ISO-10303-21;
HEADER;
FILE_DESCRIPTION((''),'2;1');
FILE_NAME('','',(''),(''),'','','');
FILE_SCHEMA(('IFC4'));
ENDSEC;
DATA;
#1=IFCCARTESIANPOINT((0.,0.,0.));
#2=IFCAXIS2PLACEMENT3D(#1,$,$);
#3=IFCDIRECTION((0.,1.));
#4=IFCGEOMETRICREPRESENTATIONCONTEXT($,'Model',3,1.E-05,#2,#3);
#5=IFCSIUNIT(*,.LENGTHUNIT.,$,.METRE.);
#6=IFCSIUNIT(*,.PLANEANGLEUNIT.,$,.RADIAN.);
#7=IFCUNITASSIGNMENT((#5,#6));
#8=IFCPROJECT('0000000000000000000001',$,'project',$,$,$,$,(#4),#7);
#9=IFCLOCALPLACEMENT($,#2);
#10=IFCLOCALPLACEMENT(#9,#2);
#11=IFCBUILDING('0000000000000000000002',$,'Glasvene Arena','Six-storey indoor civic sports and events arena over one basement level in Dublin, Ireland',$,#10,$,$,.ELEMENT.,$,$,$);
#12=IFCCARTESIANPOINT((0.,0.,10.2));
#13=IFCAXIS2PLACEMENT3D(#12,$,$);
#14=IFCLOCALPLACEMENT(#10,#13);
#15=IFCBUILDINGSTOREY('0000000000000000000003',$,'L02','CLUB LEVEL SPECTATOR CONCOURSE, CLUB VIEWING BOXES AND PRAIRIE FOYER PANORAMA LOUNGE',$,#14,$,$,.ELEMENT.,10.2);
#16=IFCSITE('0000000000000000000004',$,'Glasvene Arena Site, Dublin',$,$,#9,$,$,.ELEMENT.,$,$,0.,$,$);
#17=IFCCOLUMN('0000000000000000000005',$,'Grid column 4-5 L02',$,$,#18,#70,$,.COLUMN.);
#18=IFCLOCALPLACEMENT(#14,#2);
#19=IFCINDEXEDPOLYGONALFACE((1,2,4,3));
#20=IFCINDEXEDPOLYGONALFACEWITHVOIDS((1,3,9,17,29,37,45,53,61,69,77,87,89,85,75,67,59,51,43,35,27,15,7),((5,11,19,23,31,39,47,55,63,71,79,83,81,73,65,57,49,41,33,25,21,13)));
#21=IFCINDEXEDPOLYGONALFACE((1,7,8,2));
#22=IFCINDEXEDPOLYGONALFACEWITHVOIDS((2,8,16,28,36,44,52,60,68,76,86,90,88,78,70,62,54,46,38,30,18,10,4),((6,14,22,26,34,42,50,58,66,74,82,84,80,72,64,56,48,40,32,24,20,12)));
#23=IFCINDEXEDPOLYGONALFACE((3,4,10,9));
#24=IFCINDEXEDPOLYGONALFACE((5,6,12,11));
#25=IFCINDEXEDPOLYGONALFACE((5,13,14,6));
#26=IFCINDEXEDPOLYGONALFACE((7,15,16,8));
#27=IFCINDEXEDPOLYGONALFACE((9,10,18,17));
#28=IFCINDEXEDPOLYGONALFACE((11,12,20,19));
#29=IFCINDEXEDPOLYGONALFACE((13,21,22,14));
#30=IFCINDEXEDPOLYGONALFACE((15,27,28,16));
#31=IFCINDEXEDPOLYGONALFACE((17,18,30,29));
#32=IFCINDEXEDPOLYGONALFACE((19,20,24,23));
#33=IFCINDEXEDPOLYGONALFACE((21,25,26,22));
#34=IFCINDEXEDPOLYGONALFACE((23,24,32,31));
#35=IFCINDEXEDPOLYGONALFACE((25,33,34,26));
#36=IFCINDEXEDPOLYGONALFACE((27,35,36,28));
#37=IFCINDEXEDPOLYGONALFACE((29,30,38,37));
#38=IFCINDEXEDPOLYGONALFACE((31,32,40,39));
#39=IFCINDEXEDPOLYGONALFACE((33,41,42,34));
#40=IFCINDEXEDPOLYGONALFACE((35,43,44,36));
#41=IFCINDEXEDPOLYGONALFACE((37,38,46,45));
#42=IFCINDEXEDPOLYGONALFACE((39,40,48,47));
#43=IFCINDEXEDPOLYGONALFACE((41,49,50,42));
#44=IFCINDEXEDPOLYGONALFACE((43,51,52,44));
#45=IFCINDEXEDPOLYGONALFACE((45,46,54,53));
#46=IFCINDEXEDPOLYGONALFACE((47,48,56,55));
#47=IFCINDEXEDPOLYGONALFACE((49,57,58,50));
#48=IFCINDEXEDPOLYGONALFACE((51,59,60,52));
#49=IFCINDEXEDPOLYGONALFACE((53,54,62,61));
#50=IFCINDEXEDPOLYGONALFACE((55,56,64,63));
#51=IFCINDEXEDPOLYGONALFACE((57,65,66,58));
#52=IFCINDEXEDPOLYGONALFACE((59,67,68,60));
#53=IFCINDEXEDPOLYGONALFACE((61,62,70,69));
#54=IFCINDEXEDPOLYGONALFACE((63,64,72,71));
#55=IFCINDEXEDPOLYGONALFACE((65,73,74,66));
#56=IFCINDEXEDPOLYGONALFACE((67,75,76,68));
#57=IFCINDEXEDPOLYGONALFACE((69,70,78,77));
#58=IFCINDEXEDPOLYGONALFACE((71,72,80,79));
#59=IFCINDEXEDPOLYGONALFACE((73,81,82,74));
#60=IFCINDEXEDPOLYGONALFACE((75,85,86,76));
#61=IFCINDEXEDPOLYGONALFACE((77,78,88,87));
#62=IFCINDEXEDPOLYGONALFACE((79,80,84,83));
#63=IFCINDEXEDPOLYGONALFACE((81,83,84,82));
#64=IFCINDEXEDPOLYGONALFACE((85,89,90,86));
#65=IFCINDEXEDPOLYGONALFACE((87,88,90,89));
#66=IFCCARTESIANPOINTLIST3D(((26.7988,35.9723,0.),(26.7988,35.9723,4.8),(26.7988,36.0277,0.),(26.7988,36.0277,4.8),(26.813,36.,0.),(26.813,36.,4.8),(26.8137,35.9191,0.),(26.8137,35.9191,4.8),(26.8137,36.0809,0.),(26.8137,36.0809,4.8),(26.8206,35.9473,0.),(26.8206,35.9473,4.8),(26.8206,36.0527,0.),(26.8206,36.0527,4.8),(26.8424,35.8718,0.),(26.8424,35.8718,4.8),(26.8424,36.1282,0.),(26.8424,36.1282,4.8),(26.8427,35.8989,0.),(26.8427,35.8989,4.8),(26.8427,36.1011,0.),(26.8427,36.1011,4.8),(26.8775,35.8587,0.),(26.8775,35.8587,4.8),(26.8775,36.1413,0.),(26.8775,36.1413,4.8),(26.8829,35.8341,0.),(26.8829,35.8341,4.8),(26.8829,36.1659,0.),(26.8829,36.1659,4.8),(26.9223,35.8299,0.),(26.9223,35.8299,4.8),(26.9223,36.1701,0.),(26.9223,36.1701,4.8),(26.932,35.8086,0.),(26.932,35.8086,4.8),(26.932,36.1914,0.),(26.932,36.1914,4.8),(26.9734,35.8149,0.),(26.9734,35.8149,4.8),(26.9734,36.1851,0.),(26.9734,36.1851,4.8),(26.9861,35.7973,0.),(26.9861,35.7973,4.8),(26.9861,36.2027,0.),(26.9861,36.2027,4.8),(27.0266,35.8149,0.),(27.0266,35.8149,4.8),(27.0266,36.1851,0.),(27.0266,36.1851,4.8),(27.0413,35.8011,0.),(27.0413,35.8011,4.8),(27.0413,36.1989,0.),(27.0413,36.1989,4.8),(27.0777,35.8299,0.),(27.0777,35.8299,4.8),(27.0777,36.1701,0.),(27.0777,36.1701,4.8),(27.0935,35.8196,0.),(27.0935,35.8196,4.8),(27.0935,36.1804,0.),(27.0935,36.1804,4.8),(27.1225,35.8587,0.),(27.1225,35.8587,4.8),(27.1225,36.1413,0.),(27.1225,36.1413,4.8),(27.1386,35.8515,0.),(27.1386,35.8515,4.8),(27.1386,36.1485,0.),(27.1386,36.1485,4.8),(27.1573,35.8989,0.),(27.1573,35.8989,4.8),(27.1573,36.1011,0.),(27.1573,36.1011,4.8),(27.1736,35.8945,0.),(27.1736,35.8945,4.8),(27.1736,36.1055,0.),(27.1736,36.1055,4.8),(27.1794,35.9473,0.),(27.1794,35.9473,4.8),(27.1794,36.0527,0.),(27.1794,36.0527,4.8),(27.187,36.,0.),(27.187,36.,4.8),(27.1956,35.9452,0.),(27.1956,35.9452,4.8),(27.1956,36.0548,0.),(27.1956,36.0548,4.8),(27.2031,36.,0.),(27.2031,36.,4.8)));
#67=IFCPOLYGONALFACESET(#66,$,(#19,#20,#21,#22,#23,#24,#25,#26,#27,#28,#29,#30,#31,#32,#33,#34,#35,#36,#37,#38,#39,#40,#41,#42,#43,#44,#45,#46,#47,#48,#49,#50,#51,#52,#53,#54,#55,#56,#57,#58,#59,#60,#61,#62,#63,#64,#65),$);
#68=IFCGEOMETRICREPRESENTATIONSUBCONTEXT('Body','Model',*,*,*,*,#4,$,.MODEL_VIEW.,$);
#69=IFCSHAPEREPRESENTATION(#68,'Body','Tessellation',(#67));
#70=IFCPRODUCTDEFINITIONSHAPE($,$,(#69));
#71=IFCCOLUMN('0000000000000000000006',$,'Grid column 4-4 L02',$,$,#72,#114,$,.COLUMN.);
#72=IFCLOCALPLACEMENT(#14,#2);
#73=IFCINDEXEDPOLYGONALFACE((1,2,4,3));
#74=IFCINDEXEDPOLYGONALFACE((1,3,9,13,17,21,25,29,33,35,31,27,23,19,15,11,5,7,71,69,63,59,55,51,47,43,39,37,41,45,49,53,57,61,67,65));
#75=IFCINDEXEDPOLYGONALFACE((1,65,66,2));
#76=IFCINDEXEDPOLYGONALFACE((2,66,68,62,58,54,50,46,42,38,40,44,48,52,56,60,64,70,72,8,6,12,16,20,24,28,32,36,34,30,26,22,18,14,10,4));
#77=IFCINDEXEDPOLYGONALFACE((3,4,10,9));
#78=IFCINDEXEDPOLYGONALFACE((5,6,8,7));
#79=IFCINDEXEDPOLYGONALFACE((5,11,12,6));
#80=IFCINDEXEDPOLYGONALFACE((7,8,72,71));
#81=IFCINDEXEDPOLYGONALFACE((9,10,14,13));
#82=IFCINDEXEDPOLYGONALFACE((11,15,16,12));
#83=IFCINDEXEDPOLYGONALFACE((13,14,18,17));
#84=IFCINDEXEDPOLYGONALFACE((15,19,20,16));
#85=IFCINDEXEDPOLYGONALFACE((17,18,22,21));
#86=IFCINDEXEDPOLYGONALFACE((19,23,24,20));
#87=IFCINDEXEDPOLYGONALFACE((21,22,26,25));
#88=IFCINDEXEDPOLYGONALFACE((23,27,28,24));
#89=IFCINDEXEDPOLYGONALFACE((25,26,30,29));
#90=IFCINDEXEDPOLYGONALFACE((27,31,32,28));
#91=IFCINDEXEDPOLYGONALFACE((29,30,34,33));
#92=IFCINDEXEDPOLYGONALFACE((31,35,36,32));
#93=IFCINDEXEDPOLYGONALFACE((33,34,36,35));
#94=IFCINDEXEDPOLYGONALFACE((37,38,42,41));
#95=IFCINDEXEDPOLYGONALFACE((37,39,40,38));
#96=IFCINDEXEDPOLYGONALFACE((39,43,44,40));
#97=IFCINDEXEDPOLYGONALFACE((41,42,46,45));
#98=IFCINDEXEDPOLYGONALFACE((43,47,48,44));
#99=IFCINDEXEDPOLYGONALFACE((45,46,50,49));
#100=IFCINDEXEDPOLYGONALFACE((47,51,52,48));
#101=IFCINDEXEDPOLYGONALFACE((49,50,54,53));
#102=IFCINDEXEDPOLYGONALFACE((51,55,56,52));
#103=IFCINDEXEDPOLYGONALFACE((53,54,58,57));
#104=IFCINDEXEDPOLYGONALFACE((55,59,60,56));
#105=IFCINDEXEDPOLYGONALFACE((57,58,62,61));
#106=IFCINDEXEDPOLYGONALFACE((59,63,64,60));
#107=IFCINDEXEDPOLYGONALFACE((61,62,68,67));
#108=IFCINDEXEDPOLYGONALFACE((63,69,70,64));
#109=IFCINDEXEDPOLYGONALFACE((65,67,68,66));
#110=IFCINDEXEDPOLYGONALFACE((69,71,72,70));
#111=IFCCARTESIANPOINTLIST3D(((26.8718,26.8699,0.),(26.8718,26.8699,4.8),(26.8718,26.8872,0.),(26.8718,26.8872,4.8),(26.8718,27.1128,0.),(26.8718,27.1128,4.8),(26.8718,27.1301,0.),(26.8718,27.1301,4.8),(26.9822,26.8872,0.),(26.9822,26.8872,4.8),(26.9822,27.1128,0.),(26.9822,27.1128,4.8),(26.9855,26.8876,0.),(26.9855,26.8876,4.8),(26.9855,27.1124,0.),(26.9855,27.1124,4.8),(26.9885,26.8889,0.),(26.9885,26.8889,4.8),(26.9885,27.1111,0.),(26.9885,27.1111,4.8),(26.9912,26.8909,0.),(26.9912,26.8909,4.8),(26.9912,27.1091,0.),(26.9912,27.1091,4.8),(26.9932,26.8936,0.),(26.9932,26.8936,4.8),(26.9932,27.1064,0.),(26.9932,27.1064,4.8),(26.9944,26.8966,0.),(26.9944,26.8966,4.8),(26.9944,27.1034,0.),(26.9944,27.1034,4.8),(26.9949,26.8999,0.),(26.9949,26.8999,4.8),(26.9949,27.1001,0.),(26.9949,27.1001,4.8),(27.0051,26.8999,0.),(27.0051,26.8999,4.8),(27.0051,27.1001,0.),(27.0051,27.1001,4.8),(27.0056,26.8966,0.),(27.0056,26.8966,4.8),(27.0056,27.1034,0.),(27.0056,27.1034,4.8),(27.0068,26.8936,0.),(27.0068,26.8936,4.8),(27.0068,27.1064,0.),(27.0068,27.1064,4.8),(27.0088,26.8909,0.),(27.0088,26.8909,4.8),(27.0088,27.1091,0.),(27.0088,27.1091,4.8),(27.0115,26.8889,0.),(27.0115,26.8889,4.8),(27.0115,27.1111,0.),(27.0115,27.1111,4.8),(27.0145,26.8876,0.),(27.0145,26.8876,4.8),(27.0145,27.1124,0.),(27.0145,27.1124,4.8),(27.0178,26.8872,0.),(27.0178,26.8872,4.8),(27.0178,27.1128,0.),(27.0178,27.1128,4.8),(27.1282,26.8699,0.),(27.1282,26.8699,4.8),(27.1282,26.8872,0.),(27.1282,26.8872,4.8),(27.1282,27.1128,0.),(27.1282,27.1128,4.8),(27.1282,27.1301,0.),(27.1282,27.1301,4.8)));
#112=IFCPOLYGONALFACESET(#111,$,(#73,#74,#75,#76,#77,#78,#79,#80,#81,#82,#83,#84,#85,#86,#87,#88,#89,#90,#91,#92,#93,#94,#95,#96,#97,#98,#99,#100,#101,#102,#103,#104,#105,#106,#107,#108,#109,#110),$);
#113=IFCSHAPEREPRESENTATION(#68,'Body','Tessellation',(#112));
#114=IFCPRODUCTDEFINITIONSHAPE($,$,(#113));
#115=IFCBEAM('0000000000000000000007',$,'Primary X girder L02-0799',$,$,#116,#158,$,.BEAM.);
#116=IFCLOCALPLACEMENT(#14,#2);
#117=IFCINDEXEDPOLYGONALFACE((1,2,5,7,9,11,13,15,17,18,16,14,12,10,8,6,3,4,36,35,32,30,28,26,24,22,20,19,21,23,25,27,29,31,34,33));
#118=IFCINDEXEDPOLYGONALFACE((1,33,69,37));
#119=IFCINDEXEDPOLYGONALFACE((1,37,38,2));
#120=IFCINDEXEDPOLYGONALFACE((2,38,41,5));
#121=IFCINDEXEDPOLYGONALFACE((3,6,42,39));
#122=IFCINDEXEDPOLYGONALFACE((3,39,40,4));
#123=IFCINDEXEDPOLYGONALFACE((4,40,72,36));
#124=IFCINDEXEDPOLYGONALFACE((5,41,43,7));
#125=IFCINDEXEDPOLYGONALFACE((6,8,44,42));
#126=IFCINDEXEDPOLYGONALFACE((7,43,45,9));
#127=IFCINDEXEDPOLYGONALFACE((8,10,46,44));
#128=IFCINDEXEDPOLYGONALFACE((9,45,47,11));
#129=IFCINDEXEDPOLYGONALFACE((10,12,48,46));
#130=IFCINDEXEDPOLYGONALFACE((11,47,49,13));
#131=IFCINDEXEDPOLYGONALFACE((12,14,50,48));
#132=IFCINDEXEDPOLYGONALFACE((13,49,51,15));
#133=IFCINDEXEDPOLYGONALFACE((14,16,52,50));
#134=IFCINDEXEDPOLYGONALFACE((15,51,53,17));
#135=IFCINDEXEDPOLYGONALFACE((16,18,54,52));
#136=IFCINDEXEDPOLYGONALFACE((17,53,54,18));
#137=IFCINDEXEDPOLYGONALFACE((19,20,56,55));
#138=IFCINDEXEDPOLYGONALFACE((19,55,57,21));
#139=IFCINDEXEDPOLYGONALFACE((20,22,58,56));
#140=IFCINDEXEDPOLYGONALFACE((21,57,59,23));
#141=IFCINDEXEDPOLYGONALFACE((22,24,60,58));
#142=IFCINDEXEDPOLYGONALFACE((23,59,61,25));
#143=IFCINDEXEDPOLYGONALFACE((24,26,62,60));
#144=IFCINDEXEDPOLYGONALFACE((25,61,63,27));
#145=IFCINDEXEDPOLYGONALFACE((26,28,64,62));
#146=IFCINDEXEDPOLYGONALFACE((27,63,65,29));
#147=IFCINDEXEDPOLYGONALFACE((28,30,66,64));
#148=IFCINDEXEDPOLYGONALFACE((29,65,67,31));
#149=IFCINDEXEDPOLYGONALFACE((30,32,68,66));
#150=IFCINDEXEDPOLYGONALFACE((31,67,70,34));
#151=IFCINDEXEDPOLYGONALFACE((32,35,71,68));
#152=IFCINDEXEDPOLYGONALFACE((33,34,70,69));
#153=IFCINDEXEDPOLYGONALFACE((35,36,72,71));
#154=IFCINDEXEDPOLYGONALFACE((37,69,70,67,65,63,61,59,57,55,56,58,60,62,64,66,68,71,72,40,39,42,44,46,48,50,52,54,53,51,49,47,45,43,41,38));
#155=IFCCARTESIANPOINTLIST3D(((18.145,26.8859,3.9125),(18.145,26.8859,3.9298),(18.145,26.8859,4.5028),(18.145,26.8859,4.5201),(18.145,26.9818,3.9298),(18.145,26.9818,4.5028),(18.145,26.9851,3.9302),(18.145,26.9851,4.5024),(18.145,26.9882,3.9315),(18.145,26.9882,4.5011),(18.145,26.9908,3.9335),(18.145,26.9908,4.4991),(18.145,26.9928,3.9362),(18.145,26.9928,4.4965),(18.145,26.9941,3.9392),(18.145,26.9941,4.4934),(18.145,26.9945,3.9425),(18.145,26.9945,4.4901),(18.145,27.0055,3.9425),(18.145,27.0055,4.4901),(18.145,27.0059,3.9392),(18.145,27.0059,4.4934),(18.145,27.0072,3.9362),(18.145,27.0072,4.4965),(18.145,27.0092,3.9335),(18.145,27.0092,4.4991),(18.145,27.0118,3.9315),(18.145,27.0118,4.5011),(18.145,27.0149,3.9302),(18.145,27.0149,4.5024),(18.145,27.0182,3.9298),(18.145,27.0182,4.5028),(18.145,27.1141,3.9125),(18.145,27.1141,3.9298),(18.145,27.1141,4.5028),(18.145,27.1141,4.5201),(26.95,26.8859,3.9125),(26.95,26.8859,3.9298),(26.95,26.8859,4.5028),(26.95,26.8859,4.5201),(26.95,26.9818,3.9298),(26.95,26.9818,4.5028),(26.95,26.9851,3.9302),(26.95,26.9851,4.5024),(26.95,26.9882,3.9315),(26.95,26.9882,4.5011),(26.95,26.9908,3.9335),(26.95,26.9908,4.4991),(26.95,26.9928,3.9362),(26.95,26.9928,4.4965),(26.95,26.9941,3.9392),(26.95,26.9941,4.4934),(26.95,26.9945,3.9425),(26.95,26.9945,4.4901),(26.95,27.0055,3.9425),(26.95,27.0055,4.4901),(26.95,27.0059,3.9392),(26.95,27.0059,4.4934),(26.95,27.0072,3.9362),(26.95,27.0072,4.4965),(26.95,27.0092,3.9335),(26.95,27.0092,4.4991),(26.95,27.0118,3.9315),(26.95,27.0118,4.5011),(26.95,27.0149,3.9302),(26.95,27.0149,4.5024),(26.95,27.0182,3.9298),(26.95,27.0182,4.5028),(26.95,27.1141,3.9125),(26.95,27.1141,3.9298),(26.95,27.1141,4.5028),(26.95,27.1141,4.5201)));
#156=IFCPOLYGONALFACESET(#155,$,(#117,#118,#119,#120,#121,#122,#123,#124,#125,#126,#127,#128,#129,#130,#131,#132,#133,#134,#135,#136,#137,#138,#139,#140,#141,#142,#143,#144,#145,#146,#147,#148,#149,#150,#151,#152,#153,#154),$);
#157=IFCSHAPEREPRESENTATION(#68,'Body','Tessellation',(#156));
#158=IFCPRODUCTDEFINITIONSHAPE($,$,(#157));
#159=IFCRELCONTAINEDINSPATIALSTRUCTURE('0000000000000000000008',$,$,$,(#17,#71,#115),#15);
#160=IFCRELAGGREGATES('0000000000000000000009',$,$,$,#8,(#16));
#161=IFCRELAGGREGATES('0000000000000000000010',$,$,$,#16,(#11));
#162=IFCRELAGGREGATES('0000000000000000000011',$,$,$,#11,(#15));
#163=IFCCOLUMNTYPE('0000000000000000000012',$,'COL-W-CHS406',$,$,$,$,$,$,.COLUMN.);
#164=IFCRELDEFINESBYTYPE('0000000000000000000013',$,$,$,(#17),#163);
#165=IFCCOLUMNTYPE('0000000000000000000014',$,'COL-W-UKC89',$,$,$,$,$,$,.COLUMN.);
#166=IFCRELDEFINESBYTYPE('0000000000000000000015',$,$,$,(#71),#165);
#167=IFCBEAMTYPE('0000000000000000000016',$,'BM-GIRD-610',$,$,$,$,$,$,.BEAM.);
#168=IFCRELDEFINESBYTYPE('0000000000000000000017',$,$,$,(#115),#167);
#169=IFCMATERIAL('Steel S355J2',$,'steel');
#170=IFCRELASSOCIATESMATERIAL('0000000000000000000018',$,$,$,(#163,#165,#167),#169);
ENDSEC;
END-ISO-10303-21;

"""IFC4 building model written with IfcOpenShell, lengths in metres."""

from ifc_helpers import new_model, si_unit, direction, frame, origin, origin_2d, place, context, subcontext, project, spatial, hollow_circle, i_section, extrude, material, material_profile, profile_set, type_object, element, save


model = new_model("IFC4")

# Units and contexts
model_context = context("Model", 3, precision=1e-05, world=origin(), true_north=direction((0.0, 1.0)))
body_context = subcontext(model_context, "Body", "Model", "MODEL_VIEW")
ifc_project = project(units=[si_unit("LENGTHUNIT", "METRE"), si_unit("PLANEANGLEUNIT", "RADIAN")], contexts=[model_context])

# Site, building, storey
site_placement = place(None, origin())
site = spatial("IfcSite", under=ifc_project, at=site_placement, Name="Glasvene Arena Site, Dublin", CompositionType="ELEMENT", RefElevation=0.0)
building_placement = place(site_placement, origin())
building = spatial("IfcBuilding", under=site, at=building_placement, Name="Glasvene Arena", Description="Six-storey indoor civic sports and events arena over one basement level in Dublin, Ireland", CompositionType="ELEMENT")
storey_placement = place(building_placement, frame((0.0, 0.0, 10.2)))
storey = spatial("IfcBuildingStorey", under=building, at=storey_placement, Name="L02", Description="CLUB LEVEL SPECTATOR CONCOURSE, CLUB VIEWING BOXES AND PRAIRIE FOYER PANORAMA LOUNGE", CompositionType="ELEMENT", Elevation=10.2)

# Columns
ifc_material_1 = material(Name="Steel S355J2", Category="steel")
ifc_material_profile_1 = material_profile(ifc_material_1, hollow_circle(Radius=0.2031, WallThickness=0.0161, at=origin_2d()), Name="CHS 406.4x16.0")
ifc_profile_set_1 = profile_set([ifc_material_profile_1], Name="Steel S355J2")
column_type_1 = type_object("IfcColumnType", Name="COL-W-CHS406", PredefinedType="COLUMN", material=ifc_profile_set_1)
column_1_placement = place(storey_placement, frame((27.0, 36.0, 0.0), z_axis=(0.0, 0.0, 1.0), x_axis=(1.0, 0.0, 0.0)))
element("IfcColumn", 1, at=column_1_placement, inside=storey, type_object=column_type_1, Name="Grid column 4-5 L02", PredefinedType="COLUMN", context=body_context, shape_type="SweptSolid", body=[
    extrude(hollow_circle(Radius=0.2031, WallThickness=0.0161, at=origin_2d()), origin(), (0.0, 0.0, 1.0), 4.8),
])
ifc_material_profile_2 = material_profile(ifc_material_1, i_section(OverallWidth=0.2563, OverallDepth=0.2603, WebThickness=0.0103, FlangeThickness=0.0173, FilletRadius=0.0127, at=origin_2d()), Name="UKC 254x254x89")
ifc_profile_set_2 = profile_set([ifc_material_profile_2], Name="Steel S355J2")
column_type_2 = type_object("IfcColumnType", Name="COL-W-UKC89", PredefinedType="COLUMN", material=ifc_profile_set_2)
column_2_placement = place(storey_placement, frame((27.0, 27.0, 0.0), z_axis=(0.0, 0.0, 1.0), x_axis=(1.0, 0.0, 0.0)))
element("IfcColumn", 2, at=column_2_placement, inside=storey, type_object=column_type_2, Name="Grid column 4-4 L02", PredefinedType="COLUMN", context=body_context, shape_type="SweptSolid", body=[
    extrude(i_section(OverallWidth=0.2563, OverallDepth=0.2603, WebThickness=0.0103, FlangeThickness=0.0173, FilletRadius=0.0127, at=origin_2d()), origin(), (0.0, 0.0, 1.0), 4.8),
])

# Beam
ifc_material_profile_3 = material_profile(ifc_material_1, i_section(OverallWidth=0.2283, OverallDepth=0.6077, WebThickness=0.011, FlangeThickness=0.0173, FilletRadius=0.0127, at=origin_2d()), Name="UKB 610x229x113")
ifc_profile_set_3 = profile_set([ifc_material_profile_3], Name="Steel S355J2")
beam_type_1 = type_object("IfcBeamType", Name="BM-GIRD-610", PredefinedType="BEAM", material=ifc_profile_set_3)
for number, where, z_axis, x_axis, name in (
    (3, (18.145, 27.0, 4.2163), (1.0, 0.0, 0.0), (0.0, 1.0, 0.0), "Primary X girder L02-0799"),
):
    element("IfcBeam", number, at=place(storey_placement, frame(where, z_axis=z_axis, x_axis=x_axis)), inside=storey, type_object=beam_type_1, Name=name, PredefinedType="BEAM", context=body_context, shape_type="SweptSolid", body=[
        extrude(i_section(OverallWidth=0.2283, OverallDepth=0.6077, WebThickness=0.011, FlangeThickness=0.0173, FilletRadius=0.0127, at=origin_2d()), origin(), (0.0, 0.0, 1.0), 8.8049),
    ])

save(model, "model.ifc")
